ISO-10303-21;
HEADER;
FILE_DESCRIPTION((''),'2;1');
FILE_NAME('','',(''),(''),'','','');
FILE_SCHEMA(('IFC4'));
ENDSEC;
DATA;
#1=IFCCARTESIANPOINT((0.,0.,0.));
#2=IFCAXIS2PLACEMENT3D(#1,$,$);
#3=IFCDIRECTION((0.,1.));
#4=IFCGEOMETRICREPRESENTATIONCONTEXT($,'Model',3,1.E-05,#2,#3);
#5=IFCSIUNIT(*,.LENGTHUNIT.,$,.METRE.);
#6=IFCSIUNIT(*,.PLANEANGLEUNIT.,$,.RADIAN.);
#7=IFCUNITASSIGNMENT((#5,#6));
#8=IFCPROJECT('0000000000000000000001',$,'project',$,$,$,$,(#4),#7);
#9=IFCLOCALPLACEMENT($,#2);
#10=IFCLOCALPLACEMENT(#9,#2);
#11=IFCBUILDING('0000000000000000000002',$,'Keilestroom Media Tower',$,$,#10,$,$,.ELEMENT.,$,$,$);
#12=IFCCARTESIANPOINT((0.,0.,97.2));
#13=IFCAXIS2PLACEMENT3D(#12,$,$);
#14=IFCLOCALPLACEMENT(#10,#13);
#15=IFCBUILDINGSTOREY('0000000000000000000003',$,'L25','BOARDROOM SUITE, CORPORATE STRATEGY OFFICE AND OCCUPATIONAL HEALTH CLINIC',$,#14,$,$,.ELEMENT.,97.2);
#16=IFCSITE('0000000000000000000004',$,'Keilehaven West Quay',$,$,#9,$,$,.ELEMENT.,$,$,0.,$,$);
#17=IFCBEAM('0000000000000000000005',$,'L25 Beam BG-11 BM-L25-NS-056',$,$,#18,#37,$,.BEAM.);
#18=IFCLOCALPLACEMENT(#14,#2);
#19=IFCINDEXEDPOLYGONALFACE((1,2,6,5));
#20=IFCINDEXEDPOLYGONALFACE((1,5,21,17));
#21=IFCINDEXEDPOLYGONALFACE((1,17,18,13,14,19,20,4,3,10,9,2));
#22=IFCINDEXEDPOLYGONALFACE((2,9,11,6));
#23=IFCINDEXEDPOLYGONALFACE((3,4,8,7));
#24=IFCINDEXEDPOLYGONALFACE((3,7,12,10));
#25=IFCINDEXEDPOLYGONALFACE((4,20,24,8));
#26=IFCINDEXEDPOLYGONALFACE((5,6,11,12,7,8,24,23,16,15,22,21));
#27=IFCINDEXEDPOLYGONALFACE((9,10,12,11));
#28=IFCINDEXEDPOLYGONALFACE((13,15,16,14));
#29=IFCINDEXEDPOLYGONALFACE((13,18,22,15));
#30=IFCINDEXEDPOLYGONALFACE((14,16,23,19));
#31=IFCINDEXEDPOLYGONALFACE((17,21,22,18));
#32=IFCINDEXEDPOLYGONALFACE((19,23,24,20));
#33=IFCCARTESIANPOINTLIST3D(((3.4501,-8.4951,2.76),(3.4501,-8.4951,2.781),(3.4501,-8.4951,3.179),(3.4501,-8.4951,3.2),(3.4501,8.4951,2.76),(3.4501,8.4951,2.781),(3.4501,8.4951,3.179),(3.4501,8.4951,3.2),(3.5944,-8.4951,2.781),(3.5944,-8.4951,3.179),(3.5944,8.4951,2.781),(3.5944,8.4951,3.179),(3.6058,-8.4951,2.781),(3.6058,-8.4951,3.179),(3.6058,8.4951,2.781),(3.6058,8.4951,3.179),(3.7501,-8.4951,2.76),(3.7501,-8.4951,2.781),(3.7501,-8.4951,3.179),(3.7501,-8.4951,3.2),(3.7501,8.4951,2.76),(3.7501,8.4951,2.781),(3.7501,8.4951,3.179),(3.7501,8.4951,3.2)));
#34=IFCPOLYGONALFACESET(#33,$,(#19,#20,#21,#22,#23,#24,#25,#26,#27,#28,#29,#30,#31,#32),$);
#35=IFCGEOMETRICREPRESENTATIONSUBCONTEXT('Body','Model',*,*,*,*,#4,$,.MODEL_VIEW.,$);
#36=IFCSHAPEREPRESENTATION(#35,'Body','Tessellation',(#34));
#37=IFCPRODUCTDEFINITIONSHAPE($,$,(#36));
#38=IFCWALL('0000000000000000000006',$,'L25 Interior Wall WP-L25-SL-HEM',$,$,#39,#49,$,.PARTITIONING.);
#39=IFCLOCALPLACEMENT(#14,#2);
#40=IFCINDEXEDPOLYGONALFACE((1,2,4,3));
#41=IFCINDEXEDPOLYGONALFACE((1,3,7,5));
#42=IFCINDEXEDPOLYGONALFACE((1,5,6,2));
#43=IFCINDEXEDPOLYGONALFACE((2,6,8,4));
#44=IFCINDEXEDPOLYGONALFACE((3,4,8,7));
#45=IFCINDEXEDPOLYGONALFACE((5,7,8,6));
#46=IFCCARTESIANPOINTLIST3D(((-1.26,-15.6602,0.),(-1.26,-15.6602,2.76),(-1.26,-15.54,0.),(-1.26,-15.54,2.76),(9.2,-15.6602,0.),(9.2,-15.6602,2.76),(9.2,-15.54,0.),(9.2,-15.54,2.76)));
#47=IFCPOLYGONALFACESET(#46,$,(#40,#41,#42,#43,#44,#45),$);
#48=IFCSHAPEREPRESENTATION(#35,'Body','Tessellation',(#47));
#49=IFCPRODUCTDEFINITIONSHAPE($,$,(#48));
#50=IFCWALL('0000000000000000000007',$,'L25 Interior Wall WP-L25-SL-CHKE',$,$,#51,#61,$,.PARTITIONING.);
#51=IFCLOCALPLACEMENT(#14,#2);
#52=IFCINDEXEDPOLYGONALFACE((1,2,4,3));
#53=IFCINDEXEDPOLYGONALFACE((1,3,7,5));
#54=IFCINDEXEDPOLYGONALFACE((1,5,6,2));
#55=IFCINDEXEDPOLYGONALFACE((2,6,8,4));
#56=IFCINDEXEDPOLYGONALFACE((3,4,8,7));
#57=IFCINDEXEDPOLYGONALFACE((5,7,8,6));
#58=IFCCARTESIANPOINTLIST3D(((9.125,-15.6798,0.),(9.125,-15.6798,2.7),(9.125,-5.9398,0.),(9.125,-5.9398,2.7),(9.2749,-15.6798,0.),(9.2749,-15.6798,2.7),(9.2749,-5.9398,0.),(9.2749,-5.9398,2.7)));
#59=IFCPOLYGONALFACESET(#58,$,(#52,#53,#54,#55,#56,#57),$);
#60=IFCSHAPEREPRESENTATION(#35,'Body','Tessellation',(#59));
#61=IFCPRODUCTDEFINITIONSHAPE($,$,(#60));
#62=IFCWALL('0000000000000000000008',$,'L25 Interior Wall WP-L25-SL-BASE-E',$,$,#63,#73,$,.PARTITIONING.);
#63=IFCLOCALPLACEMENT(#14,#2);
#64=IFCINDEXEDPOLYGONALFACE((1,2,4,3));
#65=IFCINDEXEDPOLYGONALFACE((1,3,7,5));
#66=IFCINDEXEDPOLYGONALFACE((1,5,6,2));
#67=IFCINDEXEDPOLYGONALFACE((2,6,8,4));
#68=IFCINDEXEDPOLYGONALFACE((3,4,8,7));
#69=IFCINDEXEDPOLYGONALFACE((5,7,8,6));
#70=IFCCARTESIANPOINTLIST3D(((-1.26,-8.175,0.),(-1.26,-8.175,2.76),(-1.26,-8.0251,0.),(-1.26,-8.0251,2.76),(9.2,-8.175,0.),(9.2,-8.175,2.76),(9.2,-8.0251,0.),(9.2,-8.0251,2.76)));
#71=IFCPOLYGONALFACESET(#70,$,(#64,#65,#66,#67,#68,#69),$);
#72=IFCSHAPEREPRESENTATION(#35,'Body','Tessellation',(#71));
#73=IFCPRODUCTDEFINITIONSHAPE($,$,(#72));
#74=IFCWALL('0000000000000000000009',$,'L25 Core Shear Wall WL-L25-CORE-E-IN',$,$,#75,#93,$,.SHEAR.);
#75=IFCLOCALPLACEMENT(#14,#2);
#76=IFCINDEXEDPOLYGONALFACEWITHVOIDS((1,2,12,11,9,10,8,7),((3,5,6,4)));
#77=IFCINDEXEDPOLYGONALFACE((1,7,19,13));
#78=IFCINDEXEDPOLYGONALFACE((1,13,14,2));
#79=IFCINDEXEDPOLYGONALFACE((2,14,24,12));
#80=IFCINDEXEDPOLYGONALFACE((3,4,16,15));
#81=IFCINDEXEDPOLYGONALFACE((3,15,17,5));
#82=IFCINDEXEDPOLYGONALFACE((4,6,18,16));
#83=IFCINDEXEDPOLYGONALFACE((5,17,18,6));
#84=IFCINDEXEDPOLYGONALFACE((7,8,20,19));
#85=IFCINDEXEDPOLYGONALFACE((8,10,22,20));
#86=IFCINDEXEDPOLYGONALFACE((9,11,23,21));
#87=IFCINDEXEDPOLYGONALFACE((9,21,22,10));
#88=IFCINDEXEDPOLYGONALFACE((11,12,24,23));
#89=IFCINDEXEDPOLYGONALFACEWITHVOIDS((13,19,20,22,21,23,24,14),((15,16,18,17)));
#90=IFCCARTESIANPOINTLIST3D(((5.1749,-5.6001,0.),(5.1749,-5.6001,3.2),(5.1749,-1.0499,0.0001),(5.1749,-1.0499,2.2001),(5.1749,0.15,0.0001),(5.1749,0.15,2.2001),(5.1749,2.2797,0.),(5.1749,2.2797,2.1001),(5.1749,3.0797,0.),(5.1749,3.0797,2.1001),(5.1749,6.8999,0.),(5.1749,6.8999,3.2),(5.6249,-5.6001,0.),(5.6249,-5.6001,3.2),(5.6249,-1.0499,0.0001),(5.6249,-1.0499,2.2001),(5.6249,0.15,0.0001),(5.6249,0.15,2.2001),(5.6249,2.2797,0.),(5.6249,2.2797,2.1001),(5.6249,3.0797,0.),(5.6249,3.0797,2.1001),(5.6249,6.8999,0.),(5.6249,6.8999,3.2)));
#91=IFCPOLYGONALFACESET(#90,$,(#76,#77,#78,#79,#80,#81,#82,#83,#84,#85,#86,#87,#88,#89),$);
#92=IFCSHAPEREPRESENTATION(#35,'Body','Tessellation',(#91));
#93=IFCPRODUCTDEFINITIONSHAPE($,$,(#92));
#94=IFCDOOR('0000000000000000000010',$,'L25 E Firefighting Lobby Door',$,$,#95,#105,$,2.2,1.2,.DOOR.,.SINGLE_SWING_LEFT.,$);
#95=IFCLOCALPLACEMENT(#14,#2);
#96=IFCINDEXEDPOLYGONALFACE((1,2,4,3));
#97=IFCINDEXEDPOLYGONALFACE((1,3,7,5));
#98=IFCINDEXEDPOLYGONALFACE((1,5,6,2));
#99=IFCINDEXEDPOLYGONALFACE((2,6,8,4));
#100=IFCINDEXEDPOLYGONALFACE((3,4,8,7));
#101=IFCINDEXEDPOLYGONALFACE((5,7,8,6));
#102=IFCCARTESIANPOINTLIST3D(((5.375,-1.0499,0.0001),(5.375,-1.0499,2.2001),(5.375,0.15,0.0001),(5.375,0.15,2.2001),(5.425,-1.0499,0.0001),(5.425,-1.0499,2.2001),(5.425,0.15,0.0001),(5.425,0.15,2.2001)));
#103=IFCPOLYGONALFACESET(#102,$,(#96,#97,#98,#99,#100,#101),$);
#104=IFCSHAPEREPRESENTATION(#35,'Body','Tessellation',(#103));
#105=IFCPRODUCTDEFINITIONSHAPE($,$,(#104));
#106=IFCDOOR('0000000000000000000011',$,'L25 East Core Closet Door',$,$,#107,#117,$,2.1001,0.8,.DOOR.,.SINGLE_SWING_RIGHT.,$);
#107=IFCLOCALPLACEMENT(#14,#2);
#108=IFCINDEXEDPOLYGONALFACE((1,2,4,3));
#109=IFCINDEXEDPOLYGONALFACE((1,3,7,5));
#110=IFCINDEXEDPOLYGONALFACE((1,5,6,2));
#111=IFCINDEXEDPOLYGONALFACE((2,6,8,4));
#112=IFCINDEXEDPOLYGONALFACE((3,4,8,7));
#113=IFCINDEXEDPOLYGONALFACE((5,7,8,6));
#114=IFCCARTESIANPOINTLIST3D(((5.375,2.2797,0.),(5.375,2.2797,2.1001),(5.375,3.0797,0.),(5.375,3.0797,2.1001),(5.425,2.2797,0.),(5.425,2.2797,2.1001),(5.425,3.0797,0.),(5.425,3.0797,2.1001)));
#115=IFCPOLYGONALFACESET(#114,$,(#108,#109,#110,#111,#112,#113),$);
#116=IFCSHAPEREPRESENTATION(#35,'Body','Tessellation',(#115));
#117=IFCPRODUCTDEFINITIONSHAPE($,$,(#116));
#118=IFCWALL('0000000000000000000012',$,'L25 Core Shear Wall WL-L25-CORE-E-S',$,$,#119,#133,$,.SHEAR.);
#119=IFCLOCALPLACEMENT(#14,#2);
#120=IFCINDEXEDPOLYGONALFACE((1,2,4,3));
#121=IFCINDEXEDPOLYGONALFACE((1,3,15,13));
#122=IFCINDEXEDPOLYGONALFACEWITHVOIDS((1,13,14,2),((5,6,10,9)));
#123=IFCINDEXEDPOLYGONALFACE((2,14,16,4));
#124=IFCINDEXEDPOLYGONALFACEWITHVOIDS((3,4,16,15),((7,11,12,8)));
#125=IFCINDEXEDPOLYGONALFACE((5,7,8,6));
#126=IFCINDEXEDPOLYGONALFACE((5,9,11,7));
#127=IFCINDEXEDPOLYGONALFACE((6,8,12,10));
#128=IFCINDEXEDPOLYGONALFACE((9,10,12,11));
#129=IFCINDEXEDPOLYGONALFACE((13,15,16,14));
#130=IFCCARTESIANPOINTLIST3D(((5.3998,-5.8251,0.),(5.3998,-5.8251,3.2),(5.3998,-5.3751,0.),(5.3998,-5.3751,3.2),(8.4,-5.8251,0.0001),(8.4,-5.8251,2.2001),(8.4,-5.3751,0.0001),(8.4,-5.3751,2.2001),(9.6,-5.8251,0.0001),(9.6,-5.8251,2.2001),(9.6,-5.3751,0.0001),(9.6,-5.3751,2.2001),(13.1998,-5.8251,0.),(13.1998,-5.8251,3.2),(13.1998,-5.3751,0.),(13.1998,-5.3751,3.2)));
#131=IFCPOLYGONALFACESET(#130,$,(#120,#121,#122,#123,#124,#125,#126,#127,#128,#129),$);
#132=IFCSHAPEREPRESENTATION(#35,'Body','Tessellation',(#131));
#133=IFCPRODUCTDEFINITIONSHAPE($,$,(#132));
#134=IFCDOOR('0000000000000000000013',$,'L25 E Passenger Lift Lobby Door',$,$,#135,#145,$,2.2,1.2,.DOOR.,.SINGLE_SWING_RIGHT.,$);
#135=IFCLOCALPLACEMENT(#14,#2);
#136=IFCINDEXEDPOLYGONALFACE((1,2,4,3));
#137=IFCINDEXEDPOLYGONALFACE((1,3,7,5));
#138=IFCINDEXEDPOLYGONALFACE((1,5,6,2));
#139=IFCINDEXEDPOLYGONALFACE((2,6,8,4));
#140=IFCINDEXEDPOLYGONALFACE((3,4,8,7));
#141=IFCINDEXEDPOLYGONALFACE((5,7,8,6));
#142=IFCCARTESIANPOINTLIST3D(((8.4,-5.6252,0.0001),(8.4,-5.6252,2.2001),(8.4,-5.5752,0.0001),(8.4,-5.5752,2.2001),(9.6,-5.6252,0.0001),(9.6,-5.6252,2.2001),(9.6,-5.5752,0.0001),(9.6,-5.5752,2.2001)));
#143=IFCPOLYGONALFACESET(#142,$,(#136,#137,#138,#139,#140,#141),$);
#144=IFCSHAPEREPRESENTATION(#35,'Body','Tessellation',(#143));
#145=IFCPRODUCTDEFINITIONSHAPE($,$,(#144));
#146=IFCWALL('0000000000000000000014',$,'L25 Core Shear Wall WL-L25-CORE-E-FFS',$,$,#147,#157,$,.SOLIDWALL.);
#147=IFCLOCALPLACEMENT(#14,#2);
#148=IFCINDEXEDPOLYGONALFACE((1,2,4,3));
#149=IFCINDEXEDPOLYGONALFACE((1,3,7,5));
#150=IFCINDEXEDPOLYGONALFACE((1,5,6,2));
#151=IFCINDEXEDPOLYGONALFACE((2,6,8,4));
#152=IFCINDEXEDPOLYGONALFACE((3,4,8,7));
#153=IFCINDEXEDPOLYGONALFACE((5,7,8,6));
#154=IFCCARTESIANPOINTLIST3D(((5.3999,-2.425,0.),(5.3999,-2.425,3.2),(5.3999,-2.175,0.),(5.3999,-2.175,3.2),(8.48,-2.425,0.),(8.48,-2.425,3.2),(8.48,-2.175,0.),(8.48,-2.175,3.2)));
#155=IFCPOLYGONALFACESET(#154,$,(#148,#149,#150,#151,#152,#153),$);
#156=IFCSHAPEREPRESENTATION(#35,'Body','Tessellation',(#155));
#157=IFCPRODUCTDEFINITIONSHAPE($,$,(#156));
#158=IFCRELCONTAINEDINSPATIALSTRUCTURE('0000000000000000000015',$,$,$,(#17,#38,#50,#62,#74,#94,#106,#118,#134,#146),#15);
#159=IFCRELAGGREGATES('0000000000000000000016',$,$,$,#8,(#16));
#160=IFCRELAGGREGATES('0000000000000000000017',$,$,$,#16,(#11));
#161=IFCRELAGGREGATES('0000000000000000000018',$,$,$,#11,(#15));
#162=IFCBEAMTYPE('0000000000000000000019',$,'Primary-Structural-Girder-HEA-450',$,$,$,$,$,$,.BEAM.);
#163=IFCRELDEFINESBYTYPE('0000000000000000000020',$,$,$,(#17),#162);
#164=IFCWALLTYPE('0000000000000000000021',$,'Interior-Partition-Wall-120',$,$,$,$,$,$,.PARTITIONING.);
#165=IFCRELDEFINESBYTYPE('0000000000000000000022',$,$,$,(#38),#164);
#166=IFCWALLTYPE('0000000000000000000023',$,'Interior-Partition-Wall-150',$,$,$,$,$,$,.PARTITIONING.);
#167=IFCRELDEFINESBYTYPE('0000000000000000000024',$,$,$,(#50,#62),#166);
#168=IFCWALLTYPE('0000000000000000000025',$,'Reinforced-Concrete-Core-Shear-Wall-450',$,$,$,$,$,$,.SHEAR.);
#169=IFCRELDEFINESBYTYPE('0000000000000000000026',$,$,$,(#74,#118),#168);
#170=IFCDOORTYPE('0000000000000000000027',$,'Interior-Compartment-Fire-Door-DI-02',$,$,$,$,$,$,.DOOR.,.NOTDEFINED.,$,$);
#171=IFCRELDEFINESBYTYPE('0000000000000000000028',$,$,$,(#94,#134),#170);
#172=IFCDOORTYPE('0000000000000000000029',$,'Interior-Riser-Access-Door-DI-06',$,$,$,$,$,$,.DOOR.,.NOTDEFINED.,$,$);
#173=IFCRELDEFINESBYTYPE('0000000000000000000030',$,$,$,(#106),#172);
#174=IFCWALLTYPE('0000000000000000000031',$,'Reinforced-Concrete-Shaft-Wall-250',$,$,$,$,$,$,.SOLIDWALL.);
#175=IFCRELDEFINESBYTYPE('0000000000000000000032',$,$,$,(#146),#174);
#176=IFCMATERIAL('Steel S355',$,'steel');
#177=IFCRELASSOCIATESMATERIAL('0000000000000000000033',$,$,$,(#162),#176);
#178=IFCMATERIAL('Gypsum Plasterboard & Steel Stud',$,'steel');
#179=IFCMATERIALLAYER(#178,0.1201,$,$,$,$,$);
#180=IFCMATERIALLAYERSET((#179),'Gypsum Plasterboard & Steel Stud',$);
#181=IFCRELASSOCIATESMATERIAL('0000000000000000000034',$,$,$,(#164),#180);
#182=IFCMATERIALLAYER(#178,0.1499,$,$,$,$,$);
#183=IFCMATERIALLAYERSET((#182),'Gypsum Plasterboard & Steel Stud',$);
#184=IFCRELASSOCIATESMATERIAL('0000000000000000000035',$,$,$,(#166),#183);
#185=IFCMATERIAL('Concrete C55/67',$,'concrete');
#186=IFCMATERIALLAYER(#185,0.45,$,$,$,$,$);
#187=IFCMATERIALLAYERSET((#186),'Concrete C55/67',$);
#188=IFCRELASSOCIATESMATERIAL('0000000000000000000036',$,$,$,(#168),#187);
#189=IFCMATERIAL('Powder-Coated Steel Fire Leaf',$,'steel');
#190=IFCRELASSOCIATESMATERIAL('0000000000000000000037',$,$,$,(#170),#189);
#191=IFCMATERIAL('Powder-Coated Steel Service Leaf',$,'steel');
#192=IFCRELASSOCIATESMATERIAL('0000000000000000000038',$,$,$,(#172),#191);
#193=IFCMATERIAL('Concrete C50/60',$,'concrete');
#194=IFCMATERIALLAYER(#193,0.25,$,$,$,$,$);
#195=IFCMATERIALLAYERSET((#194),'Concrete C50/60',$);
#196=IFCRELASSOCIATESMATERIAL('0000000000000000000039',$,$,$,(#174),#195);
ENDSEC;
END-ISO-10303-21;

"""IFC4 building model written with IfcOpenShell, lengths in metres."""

from ifc_helpers import new_model, si_unit, direction, frame, frame_2d, origin, origin_2d, place, context, subcontext, project, spatial, rectangle, i_section, extrude, source, transform, mapped, material, layer, layer_set, material_profile, profile_set, type_object, element, fill, save


model = new_model("IFC4")

# Units and contexts
model_context = context("Model", 3, precision=1e-05, world=origin(), true_north=direction((0.0, 1.0)))
body_context = subcontext(model_context, "Body", "Model", "MODEL_VIEW")
ifc_project = project(units=[si_unit("LENGTHUNIT", "METRE"), si_unit("PLANEANGLEUNIT", "RADIAN")], contexts=[model_context])

# Site, building, storey
site_placement = place(None, origin())
site = spatial("IfcSite", under=ifc_project, at=site_placement, Name="Keilehaven West Quay", CompositionType="ELEMENT", RefElevation=0.0)
building_placement = place(site_placement, origin())
building = spatial("IfcBuilding", under=site, at=building_placement, Name="Keilestroom Media Tower", CompositionType="ELEMENT")
storey_placement = place(building_placement, frame((0.0, 0.0, 97.2)))
storey = spatial("IfcBuildingStorey", under=building, at=storey_placement, Name="L25", Description="BOARDROOM SUITE, CORPORATE STRATEGY OFFICE AND OCCUPATIONAL HEALTH CLINIC", CompositionType="ELEMENT", Elevation=97.2)

# Shared definitions
ifc_material_1 = material(Name="Steel S355", Category="steel")
ifc_material_2 = material(Name="Concrete C55/67", Category="concrete")

# Beam
ifc_material_profile_1 = material_profile(ifc_material_1, i_section(OverallWidth=0.3, OverallDepth=0.4399, WebThickness=0.0115, FlangeThickness=0.021, at=origin_2d()), Name="HEA 450")
ifc_profile_set_1 = profile_set([ifc_material_profile_1], Name="Steel S355")
beam_type_1 = type_object("IfcBeamType", Name="Primary-Structural-Girder-HEA-450", PredefinedType="BEAM", material=ifc_profile_set_1)
shared_shape_1 = source(origin(), body_context, "Body", "SweptSolid", [
    extrude(i_section(OverallWidth=0.3, OverallDepth=0.4399, WebThickness=0.0115, FlangeThickness=0.021, at=origin_2d()), origin(), (0.0, 0.0, 1.0), 16.9902),
])
beam_1_placement = place(storey_placement, frame((3.6001, -8.4951, 2.98), z_axis=(0.0, 1.0, 0.0), x_axis=(-1.0, 0.0, 0.0)))
element("IfcBeam", 1, at=beam_1_placement, inside=storey, type_object=beam_type_1, Name="L25 Beam BG-11 BM-L25-NS-056", PredefinedType="BEAM", context=body_context, shape_type="MappedRepresentation", body=[
    mapped(shared_shape_1, transform((0.0, 0.0, 0.0), x_axis=(1.0, 0.0, 0.0), y_axis=(0.0, 1.0, 0.0), z_axis=(0.0, 0.0, 1.0), scale=1.0)),
])

# Walls
ifc_material_3 = material(Name="Gypsum Plasterboard & Steel Stud", Category="steel")
ifc_layer_1 = layer(ifc_material_3, 0.1201)
ifc_layer_set_1 = layer_set([ifc_layer_1], Name="Gypsum Plasterboard & Steel Stud")
wall_type_1 = type_object("IfcWallType", Name="Interior-Partition-Wall-120", PredefinedType="PARTITIONING", material=ifc_layer_set_1)
wall_1_placement = place(storey_placement, frame((-1.26, -15.6001, 0.0), z_axis=(0.0, 0.0, 1.0), x_axis=(1.0, 0.0, 0.0)))
element("IfcWall", 2, at=wall_1_placement, inside=storey, type_object=wall_type_1, Name="L25 Interior Wall WP-L25-SL-HEM", PredefinedType="PARTITIONING", context=body_context, shape_type="SweptSolid", body=[
    extrude(rectangle(XDim=10.46, YDim=0.1201, at=frame_2d((5.23, 0.0))), origin(), (0.0, 0.0, 1.0), 2.76),
])
ifc_layer_2 = layer(ifc_material_3, 0.1499)
ifc_layer_set_2 = layer_set([ifc_layer_2], Name="Gypsum Plasterboard & Steel Stud")
wall_type_2 = type_object("IfcWallType", Name="Interior-Partition-Wall-150", PredefinedType="PARTITIONING", material=ifc_layer_set_2)
wall_2_placement = place(storey_placement, frame((9.2, -15.6799, 0.0), z_axis=(0.0, 0.0, 1.0), x_axis=(0.0, 1.0, 0.0)))
element("IfcWall", 3, at=wall_2_placement, inside=storey, type_object=wall_type_2, Name="L25 Interior Wall WP-L25-SL-CHKE", PredefinedType="PARTITIONING", context=body_context, shape_type="SweptSolid", body=[
    extrude(rectangle(XDim=9.74, YDim=0.1499, at=frame_2d((4.8701, 0.0))), origin(), (0.0, 0.0, 1.0), 2.7),
])
wall_3_placement = place(storey_placement, frame((-1.26, -8.1001, 0.0), z_axis=(0.0, 0.0, 1.0), x_axis=(1.0, 0.0, 0.0)))
element("IfcWall", 4, at=wall_3_placement, inside=storey, type_object=wall_type_2, Name="L25 Interior Wall WP-L25-SL-BASE-E", PredefinedType="PARTITIONING", context=body_context, shape_type="SweptSolid", body=[
    extrude(rectangle(XDim=10.46, YDim=0.1499, at=frame_2d((5.23, 0.0))), origin(), (0.0, 0.0, 1.0), 2.76),
])

# Wall, openings, doors
ifc_layer_3 = layer(ifc_material_2, 0.45)
ifc_layer_set_3 = layer_set([ifc_layer_3], Name="Concrete C55/67")
wall_type_3 = type_object("IfcWallType", Name="Reinforced-Concrete-Core-Shear-Wall-450", PredefinedType="SHEAR", material=ifc_layer_set_3)
wall_4_placement = place(storey_placement, frame((5.3999, -5.6001, 0.0), z_axis=(0.0, 0.0, 1.0), x_axis=(0.0, 1.0, 0.0)))
wall_4 = element("IfcWall", 5, at=wall_4_placement, inside=storey, type_object=wall_type_3, Name="L25 Core Shear Wall WL-L25-CORE-E-IN", PredefinedType="SHEAR", context=body_context, shape_type="SweptSolid", body=[
    extrude(rectangle(XDim=12.5, YDim=0.45, at=frame_2d((6.25, 0.0))), origin(), (0.0, 0.0, 1.0), 3.2),
])
opening_1_placement = place(wall_4_placement, frame((4.55, 0.0, 0.0)))
opening_1 = element("IfcOpeningElement", 6, at=opening_1_placement, cuts=wall_4, PredefinedType="OPENING", context=body_context, shape_type="SweptSolid", body=[
    extrude(rectangle(XDim=1.2, YDim=2.2, at=frame_2d((0.6001, 1.1001))), frame((0.0, 0.2349, 0.0), z_axis=(0.0, -1.0, 0.0), x_axis=(1.0, 0.0, 0.0)), (0.0, 0.0, 1.0), 0.47),
])
opening_2_placement = place(wall_4_placement, frame((7.8799, 0.0, 0.0)))
opening_2 = element("IfcOpeningElement", 7, at=opening_2_placement, cuts=wall_4, PredefinedType="OPENING", context=body_context, shape_type="SweptSolid", body=[
    extrude(rectangle(XDim=0.8, YDim=2.1001, at=frame_2d((0.3999, 1.05))), frame((0.0, 0.2349, 0.0), z_axis=(0.0, -1.0, 0.0), x_axis=(1.0, 0.0, 0.0)), (0.0, 0.0, 1.0), 0.47),
])
ifc_material_4 = material(Name="Powder-Coated Steel Fire Leaf", Category="steel")
door_type_1 = type_object("IfcDoorType", Name="Interior-Compartment-Fire-Door-DI-02", OperationType="NOTDEFINED", PredefinedType="DOOR", material=ifc_material_4)
shared_shape_2 = source(origin(), body_context, "Body", "SweptSolid", [
    extrude(rectangle(XDim=1.2, YDim=2.2, at=frame_2d((0.6001, 1.1001))), frame((0.0, 0.0249, 0.0), z_axis=(0.0, -1.0, 0.0), x_axis=(1.0, 0.0, 0.0)), (0.0, 0.0, 1.0), 0.05),
])
door_1_placement = place(opening_1_placement, origin())
door_1 = element("IfcDoor", 8, at=door_1_placement, inside=storey, type_object=door_type_1, Name="L25 E Firefighting Lobby Door", OperationType="SINGLE_SWING_LEFT", OverallHeight=2.2, OverallWidth=1.2, PredefinedType="DOOR", context=body_context, shape_type="MappedRepresentation", body=[
    mapped(shared_shape_2, transform((0.0, 0.0, 0.0), x_axis=(1.0, 0.0, 0.0), y_axis=(0.0, 1.0, 0.0), z_axis=(0.0, 0.0, 1.0), scale=1.0)),
])
fill(opening_1, door_1)
ifc_material_5 = material(Name="Powder-Coated Steel Service Leaf", Category="steel")
door_type_2 = type_object("IfcDoorType", Name="Interior-Riser-Access-Door-DI-06", OperationType="NOTDEFINED", PredefinedType="DOOR", material=ifc_material_5)
shared_shape_3 = source(origin(), body_context, "Body", "SweptSolid", [
    extrude(rectangle(XDim=0.8, YDim=2.1001, at=frame_2d((0.3999, 1.05))), frame((0.0, 0.0249, 0.0), z_axis=(0.0, -1.0, 0.0), x_axis=(1.0, 0.0, 0.0)), (0.0, 0.0, 1.0), 0.05),
])
door_2_placement = place(opening_2_placement, origin())
door_2 = element("IfcDoor", 9, at=door_2_placement, inside=storey, type_object=door_type_2, Name="L25 East Core Closet Door", OperationType="SINGLE_SWING_RIGHT", OverallHeight=2.1001, OverallWidth=0.8, PredefinedType="DOOR", context=body_context, shape_type="MappedRepresentation", body=[
    mapped(shared_shape_3, transform((0.0, 0.0, 0.0), x_axis=(1.0, 0.0, 0.0), y_axis=(0.0, 1.0, 0.0), z_axis=(0.0, 0.0, 1.0), scale=1.0)),
])
fill(opening_2, door_2)

# Wall, opening, door
wall_5_placement = place(storey_placement, frame((5.3999, -5.6001, 0.0), z_axis=(0.0, 0.0, 1.0), x_axis=(1.0, 0.0, 0.0)))
wall_5 = element("IfcWall", 10, at=wall_5_placement, inside=storey, type_object=wall_type_3, Name="L25 Core Shear Wall WL-L25-CORE-E-S", PredefinedType="SHEAR", context=body_context, shape_type="SweptSolid", body=[
    extrude(rectangle(XDim=7.8, YDim=0.45, at=frame_2d((3.8999, 0.0))), origin(), (0.0, 0.0, 1.0), 3.2),
])
opening_3_placement = place(wall_5_placement, frame((3.0, 0.0, 0.0)))
opening_3 = element("IfcOpeningElement", 11, at=opening_3_placement, cuts=wall_5, PredefinedType="OPENING", context=body_context, shape_type="SweptSolid", body=[
    extrude(rectangle(XDim=1.2, YDim=2.2, at=frame_2d((0.6001, 1.1001))), frame((0.0, 0.2349, 0.0), z_axis=(0.0, -1.0, 0.0), x_axis=(1.0, 0.0, 0.0)), (0.0, 0.0, 1.0), 0.47),
])
door_3_placement = place(opening_3_placement, origin())
door_3 = element("IfcDoor", 12, at=door_3_placement, inside=storey, type_object=door_type_1, Name="L25 E Passenger Lift Lobby Door", OperationType="SINGLE_SWING_RIGHT", OverallHeight=2.2, OverallWidth=1.2, PredefinedType="DOOR", context=body_context, shape_type="MappedRepresentation", body=[
    mapped(shared_shape_2, transform((0.0, 0.0, 0.0), x_axis=(1.0, 0.0, 0.0), y_axis=(0.0, 1.0, 0.0), z_axis=(0.0, 0.0, 1.0), scale=1.0)),
])
fill(opening_3, door_3)

# Wall
ifc_material_6 = material(Name="Concrete C50/60", Category="concrete")
ifc_layer_4 = layer(ifc_material_6, 0.25)
ifc_layer_set_4 = layer_set([ifc_layer_4], Name="Concrete C50/60")
wall_type_4 = type_object("IfcWallType", Name="Reinforced-Concrete-Shaft-Wall-250", PredefinedType="SOLIDWALL", material=ifc_layer_set_4)
wall_6_placement = place(storey_placement, frame((5.3999, -2.3, 0.0), z_axis=(0.0, 0.0, 1.0), x_axis=(1.0, 0.0, 0.0)))
element("IfcWall", 13, at=wall_6_placement, inside=storey, type_object=wall_type_4, Name="L25 Core Shear Wall WL-L25-CORE-E-FFS", PredefinedType="SOLIDWALL", context=body_context, shape_type="SweptSolid", body=[
    extrude(rectangle(XDim=3.0801, YDim=0.25, at=frame_2d((1.54, 0.0))), origin(), (0.0, 0.0, 1.0), 3.2),
])

save(model, "model.ifc")
